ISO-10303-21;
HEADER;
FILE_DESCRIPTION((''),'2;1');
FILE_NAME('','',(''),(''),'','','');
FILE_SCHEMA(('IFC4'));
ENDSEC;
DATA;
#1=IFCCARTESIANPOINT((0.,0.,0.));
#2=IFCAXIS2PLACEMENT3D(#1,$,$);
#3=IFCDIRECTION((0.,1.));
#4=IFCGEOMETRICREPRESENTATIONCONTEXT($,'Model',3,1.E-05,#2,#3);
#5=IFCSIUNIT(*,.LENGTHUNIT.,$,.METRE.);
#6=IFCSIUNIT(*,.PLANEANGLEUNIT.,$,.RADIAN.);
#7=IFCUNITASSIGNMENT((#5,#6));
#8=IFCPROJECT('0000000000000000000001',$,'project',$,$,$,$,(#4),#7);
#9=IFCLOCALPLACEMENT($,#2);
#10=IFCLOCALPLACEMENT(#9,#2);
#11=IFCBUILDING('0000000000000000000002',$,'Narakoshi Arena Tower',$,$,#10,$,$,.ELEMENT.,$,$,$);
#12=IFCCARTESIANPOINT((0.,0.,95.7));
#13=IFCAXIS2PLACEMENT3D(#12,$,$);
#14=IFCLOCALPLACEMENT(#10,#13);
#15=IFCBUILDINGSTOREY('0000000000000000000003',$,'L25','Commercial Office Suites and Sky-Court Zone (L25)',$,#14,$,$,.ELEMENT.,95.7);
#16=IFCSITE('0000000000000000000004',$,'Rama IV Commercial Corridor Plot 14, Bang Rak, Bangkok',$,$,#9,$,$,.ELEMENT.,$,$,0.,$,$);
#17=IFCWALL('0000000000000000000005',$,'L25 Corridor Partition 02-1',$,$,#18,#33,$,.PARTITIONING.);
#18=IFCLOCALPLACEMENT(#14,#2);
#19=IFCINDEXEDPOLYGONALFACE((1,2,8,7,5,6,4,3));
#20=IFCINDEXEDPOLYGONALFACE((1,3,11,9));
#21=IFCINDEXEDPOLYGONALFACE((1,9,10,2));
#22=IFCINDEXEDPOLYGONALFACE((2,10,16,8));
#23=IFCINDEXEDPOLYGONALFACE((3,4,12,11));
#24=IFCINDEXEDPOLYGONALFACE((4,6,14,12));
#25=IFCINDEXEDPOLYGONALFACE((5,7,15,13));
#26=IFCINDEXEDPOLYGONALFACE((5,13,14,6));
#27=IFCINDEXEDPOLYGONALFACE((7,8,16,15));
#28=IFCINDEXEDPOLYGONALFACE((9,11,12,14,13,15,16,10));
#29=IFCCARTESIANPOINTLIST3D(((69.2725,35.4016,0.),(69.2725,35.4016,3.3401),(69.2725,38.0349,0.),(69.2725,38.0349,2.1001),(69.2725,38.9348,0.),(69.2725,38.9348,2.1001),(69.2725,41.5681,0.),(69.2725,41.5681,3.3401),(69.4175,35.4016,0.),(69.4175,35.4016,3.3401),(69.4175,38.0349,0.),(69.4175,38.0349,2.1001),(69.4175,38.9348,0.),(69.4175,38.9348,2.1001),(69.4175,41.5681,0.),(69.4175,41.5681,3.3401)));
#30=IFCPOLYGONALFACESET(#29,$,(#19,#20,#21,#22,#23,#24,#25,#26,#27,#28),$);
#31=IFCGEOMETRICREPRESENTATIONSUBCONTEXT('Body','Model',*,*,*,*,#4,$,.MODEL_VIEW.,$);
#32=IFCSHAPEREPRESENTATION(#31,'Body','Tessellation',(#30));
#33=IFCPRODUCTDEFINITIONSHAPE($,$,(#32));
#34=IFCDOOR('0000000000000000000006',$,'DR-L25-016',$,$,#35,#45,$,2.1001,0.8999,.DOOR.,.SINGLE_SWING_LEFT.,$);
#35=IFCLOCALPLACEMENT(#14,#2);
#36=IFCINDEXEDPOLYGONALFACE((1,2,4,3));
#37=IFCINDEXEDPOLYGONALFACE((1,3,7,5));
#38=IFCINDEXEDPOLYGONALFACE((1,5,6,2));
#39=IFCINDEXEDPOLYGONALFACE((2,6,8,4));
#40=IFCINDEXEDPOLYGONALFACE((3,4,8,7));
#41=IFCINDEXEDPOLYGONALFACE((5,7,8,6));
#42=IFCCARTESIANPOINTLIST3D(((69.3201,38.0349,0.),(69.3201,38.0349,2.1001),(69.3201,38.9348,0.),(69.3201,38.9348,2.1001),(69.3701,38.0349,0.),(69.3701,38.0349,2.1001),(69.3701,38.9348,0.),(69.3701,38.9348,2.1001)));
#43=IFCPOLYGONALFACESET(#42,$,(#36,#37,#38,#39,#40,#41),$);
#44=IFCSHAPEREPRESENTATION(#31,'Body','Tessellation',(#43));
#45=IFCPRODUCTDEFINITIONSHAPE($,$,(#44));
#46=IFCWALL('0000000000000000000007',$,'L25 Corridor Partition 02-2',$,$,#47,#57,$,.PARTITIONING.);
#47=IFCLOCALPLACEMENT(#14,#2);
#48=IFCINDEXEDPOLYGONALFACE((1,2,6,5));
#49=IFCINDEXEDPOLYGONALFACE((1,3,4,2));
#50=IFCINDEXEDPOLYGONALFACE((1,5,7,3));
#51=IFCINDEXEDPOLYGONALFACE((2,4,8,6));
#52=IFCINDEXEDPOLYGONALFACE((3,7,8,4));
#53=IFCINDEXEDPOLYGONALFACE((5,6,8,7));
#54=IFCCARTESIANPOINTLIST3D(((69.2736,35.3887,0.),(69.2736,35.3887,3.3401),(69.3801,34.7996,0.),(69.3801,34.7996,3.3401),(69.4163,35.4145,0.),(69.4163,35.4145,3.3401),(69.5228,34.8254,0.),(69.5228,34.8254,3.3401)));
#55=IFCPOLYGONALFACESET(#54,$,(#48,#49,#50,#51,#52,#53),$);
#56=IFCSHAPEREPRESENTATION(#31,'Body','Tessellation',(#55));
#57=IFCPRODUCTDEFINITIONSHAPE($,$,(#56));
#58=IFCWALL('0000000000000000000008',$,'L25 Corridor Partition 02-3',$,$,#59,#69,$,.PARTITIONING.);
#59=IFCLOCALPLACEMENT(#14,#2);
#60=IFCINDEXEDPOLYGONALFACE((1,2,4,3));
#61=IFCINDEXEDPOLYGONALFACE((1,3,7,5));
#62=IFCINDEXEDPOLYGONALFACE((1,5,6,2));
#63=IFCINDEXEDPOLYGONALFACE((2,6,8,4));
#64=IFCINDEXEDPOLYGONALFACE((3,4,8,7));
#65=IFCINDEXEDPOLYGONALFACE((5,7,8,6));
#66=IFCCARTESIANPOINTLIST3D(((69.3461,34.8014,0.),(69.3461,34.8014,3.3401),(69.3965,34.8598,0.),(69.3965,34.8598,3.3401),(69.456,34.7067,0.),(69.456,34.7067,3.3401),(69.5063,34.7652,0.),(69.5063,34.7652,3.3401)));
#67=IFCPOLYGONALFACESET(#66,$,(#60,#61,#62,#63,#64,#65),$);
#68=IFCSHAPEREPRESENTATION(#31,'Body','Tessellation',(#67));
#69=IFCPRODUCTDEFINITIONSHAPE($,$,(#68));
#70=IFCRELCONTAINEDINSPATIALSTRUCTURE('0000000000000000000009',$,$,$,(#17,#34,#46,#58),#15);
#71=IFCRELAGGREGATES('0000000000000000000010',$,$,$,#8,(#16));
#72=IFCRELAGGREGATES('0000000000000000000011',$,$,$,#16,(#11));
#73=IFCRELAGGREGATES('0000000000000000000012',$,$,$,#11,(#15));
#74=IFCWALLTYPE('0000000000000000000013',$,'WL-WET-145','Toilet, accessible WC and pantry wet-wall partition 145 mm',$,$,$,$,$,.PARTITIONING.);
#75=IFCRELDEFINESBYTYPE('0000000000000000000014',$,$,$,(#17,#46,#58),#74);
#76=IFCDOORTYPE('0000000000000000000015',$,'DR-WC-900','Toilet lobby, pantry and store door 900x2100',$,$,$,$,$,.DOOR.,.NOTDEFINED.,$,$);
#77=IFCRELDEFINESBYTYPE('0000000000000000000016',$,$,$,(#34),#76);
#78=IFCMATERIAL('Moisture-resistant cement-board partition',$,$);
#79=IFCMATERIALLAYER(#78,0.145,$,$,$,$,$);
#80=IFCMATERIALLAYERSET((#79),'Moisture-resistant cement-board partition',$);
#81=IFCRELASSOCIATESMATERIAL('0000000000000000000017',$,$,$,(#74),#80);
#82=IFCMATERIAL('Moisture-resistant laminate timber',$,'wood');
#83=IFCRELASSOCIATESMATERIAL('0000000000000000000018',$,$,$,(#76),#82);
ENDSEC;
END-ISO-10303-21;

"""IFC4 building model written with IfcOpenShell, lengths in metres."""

from ifc_helpers import new_model, si_unit, direction, frame, frame_2d, origin, place, context, subcontext, project, spatial, rectangle, extrude, material, layer, layer_set, type_object, element, fill, save


model = new_model("IFC4")

# Units and contexts
model_context = context("Model", 3, precision=1e-05, world=origin(), true_north=direction((0.0, 1.0)))
body_context = subcontext(model_context, "Body", "Model", "MODEL_VIEW")
ifc_project = project(units=[si_unit("LENGTHUNIT", "METRE"), si_unit("PLANEANGLEUNIT", "RADIAN")], contexts=[model_context])

# Site, building, storey
site_placement = place(None, origin())
site = spatial("IfcSite", under=ifc_project, at=site_placement, Name="Rama IV Commercial Corridor Plot 14, Bang Rak, Bangkok", CompositionType="ELEMENT", RefElevation=0.0)
building_placement = place(site_placement, origin())
building = spatial("IfcBuilding", under=site, at=building_placement, Name="Narakoshi Arena Tower", CompositionType="ELEMENT")
storey_placement = place(building_placement, frame((0.0, 0.0, 95.7)))
storey = spatial("IfcBuildingStorey", under=building, at=storey_placement, Name="L25", Description="Commercial Office Suites and Sky-Court Zone (L25)", CompositionType="ELEMENT", Elevation=95.7)

# Shared definitions
ifc_material_1 = material(Name="Moisture-resistant cement-board partition")
ifc_layer_1 = layer(ifc_material_1, 0.145)
ifc_layer_set_1 = layer_set([ifc_layer_1], Name="Moisture-resistant cement-board partition")
wall_type_1 = type_object("IfcWallType", Name="WL-WET-145", Description="Toilet, accessible WC and pantry wet-wall partition 145 mm", PredefinedType="PARTITIONING", material=ifc_layer_set_1)

# Wall, opening, door
wall_1_placement = place(storey_placement, frame((69.345, 41.5681, 0.0), z_axis=(0.0, 0.0, 1.0), x_axis=(0.0, -1.0, 0.0)))
wall_1 = element("IfcWall", 1, at=wall_1_placement, inside=storey, type_object=wall_type_1, Name="L25 Corridor Partition 02-1", PredefinedType="PARTITIONING", context=body_context, shape_type="SweptSolid", body=[
    extrude(rectangle(XDim=6.1665, YDim=0.145, at=frame_2d((3.0833, 0.0))), origin(), (0.0, 0.0, 1.0), 3.3401),
])
opening_1_placement = place(wall_1_placement, frame((2.6333, 0.0, 0.0)))
opening_1 = element("IfcOpeningElement", 2, at=opening_1_placement, cuts=wall_1, PredefinedType="OPENING", context=body_context, shape_type="SweptSolid", body=[
    extrude(rectangle(XDim=0.8999, YDim=2.1001, at=frame_2d((0.45, 1.05))), frame((0.0, 0.0825, 0.0), z_axis=(0.0, -1.0, 0.0), x_axis=(1.0, 0.0, 0.0)), (0.0, 0.0, 1.0), 0.165),
])
ifc_material_2 = material(Name="Moisture-resistant laminate timber", Category="wood")
door_type_1 = type_object("IfcDoorType", Name="DR-WC-900", Description="Toilet lobby, pantry and store door 900x2100", OperationType="NOTDEFINED", PredefinedType="DOOR", material=ifc_material_2)
door_1_placement = place(opening_1_placement, frame((0.8999, 0.0, 0.0), z_axis=(0.0, 0.0, 1.0), x_axis=(-1.0, 0.0, 0.0)))
door_1 = element("IfcDoor", 3, at=door_1_placement, inside=storey, type_object=door_type_1, Name="DR-L25-016", OperationType="SINGLE_SWING_LEFT", OverallHeight=2.1001, OverallWidth=0.8999, PredefinedType="DOOR", context=body_context, shape_type="SweptSolid", body=[
    extrude(rectangle(XDim=0.8999, YDim=2.1001, at=frame_2d((0.45, 1.05))), frame((0.0, 0.0249, 0.0), z_axis=(0.0, -1.0, 0.0), x_axis=(1.0, 0.0, 0.0)), (0.0, 0.0, 1.0), 0.05),
])
fill(opening_1, door_1)

# Walls
wall_2_placement = place(storey_placement, frame((69.345, 35.4016, 0.0), z_axis=(0.0, 0.0, 1.0), x_axis=(0.177809, -0.984065, 0.0)))
element("IfcWall", 4, at=wall_2_placement, inside=storey, type_object=wall_type_1, Name="L25 Corridor Partition 02-2", PredefinedType="PARTITIONING", context=body_context, shape_type="SweptSolid", body=[
    extrude(rectangle(XDim=0.5986, YDim=0.145, at=frame_2d((0.2993, 0.0))), origin(), (0.0, 0.0, 1.0), 3.3401),
])
wall_3_placement = place(storey_placement, frame((69.4514, 34.8125, 0.0), z_axis=(0.0, 0.0, 1.0), x_axis=(-0.652877, -0.757464, 0.0)))
element("IfcWall", 5, at=wall_3_placement, inside=storey, type_object=wall_type_1, Name="L25 Corridor Partition 02-3", PredefinedType="PARTITIONING", context=body_context, shape_type="SweptSolid", body=[
    extrude(rectangle(XDim=0.0771, YDim=0.145, at=frame_2d((0.0386, 0.0))), origin(), (0.0, 0.0, 1.0), 3.3401),
])

save(model, "model.ifc")
